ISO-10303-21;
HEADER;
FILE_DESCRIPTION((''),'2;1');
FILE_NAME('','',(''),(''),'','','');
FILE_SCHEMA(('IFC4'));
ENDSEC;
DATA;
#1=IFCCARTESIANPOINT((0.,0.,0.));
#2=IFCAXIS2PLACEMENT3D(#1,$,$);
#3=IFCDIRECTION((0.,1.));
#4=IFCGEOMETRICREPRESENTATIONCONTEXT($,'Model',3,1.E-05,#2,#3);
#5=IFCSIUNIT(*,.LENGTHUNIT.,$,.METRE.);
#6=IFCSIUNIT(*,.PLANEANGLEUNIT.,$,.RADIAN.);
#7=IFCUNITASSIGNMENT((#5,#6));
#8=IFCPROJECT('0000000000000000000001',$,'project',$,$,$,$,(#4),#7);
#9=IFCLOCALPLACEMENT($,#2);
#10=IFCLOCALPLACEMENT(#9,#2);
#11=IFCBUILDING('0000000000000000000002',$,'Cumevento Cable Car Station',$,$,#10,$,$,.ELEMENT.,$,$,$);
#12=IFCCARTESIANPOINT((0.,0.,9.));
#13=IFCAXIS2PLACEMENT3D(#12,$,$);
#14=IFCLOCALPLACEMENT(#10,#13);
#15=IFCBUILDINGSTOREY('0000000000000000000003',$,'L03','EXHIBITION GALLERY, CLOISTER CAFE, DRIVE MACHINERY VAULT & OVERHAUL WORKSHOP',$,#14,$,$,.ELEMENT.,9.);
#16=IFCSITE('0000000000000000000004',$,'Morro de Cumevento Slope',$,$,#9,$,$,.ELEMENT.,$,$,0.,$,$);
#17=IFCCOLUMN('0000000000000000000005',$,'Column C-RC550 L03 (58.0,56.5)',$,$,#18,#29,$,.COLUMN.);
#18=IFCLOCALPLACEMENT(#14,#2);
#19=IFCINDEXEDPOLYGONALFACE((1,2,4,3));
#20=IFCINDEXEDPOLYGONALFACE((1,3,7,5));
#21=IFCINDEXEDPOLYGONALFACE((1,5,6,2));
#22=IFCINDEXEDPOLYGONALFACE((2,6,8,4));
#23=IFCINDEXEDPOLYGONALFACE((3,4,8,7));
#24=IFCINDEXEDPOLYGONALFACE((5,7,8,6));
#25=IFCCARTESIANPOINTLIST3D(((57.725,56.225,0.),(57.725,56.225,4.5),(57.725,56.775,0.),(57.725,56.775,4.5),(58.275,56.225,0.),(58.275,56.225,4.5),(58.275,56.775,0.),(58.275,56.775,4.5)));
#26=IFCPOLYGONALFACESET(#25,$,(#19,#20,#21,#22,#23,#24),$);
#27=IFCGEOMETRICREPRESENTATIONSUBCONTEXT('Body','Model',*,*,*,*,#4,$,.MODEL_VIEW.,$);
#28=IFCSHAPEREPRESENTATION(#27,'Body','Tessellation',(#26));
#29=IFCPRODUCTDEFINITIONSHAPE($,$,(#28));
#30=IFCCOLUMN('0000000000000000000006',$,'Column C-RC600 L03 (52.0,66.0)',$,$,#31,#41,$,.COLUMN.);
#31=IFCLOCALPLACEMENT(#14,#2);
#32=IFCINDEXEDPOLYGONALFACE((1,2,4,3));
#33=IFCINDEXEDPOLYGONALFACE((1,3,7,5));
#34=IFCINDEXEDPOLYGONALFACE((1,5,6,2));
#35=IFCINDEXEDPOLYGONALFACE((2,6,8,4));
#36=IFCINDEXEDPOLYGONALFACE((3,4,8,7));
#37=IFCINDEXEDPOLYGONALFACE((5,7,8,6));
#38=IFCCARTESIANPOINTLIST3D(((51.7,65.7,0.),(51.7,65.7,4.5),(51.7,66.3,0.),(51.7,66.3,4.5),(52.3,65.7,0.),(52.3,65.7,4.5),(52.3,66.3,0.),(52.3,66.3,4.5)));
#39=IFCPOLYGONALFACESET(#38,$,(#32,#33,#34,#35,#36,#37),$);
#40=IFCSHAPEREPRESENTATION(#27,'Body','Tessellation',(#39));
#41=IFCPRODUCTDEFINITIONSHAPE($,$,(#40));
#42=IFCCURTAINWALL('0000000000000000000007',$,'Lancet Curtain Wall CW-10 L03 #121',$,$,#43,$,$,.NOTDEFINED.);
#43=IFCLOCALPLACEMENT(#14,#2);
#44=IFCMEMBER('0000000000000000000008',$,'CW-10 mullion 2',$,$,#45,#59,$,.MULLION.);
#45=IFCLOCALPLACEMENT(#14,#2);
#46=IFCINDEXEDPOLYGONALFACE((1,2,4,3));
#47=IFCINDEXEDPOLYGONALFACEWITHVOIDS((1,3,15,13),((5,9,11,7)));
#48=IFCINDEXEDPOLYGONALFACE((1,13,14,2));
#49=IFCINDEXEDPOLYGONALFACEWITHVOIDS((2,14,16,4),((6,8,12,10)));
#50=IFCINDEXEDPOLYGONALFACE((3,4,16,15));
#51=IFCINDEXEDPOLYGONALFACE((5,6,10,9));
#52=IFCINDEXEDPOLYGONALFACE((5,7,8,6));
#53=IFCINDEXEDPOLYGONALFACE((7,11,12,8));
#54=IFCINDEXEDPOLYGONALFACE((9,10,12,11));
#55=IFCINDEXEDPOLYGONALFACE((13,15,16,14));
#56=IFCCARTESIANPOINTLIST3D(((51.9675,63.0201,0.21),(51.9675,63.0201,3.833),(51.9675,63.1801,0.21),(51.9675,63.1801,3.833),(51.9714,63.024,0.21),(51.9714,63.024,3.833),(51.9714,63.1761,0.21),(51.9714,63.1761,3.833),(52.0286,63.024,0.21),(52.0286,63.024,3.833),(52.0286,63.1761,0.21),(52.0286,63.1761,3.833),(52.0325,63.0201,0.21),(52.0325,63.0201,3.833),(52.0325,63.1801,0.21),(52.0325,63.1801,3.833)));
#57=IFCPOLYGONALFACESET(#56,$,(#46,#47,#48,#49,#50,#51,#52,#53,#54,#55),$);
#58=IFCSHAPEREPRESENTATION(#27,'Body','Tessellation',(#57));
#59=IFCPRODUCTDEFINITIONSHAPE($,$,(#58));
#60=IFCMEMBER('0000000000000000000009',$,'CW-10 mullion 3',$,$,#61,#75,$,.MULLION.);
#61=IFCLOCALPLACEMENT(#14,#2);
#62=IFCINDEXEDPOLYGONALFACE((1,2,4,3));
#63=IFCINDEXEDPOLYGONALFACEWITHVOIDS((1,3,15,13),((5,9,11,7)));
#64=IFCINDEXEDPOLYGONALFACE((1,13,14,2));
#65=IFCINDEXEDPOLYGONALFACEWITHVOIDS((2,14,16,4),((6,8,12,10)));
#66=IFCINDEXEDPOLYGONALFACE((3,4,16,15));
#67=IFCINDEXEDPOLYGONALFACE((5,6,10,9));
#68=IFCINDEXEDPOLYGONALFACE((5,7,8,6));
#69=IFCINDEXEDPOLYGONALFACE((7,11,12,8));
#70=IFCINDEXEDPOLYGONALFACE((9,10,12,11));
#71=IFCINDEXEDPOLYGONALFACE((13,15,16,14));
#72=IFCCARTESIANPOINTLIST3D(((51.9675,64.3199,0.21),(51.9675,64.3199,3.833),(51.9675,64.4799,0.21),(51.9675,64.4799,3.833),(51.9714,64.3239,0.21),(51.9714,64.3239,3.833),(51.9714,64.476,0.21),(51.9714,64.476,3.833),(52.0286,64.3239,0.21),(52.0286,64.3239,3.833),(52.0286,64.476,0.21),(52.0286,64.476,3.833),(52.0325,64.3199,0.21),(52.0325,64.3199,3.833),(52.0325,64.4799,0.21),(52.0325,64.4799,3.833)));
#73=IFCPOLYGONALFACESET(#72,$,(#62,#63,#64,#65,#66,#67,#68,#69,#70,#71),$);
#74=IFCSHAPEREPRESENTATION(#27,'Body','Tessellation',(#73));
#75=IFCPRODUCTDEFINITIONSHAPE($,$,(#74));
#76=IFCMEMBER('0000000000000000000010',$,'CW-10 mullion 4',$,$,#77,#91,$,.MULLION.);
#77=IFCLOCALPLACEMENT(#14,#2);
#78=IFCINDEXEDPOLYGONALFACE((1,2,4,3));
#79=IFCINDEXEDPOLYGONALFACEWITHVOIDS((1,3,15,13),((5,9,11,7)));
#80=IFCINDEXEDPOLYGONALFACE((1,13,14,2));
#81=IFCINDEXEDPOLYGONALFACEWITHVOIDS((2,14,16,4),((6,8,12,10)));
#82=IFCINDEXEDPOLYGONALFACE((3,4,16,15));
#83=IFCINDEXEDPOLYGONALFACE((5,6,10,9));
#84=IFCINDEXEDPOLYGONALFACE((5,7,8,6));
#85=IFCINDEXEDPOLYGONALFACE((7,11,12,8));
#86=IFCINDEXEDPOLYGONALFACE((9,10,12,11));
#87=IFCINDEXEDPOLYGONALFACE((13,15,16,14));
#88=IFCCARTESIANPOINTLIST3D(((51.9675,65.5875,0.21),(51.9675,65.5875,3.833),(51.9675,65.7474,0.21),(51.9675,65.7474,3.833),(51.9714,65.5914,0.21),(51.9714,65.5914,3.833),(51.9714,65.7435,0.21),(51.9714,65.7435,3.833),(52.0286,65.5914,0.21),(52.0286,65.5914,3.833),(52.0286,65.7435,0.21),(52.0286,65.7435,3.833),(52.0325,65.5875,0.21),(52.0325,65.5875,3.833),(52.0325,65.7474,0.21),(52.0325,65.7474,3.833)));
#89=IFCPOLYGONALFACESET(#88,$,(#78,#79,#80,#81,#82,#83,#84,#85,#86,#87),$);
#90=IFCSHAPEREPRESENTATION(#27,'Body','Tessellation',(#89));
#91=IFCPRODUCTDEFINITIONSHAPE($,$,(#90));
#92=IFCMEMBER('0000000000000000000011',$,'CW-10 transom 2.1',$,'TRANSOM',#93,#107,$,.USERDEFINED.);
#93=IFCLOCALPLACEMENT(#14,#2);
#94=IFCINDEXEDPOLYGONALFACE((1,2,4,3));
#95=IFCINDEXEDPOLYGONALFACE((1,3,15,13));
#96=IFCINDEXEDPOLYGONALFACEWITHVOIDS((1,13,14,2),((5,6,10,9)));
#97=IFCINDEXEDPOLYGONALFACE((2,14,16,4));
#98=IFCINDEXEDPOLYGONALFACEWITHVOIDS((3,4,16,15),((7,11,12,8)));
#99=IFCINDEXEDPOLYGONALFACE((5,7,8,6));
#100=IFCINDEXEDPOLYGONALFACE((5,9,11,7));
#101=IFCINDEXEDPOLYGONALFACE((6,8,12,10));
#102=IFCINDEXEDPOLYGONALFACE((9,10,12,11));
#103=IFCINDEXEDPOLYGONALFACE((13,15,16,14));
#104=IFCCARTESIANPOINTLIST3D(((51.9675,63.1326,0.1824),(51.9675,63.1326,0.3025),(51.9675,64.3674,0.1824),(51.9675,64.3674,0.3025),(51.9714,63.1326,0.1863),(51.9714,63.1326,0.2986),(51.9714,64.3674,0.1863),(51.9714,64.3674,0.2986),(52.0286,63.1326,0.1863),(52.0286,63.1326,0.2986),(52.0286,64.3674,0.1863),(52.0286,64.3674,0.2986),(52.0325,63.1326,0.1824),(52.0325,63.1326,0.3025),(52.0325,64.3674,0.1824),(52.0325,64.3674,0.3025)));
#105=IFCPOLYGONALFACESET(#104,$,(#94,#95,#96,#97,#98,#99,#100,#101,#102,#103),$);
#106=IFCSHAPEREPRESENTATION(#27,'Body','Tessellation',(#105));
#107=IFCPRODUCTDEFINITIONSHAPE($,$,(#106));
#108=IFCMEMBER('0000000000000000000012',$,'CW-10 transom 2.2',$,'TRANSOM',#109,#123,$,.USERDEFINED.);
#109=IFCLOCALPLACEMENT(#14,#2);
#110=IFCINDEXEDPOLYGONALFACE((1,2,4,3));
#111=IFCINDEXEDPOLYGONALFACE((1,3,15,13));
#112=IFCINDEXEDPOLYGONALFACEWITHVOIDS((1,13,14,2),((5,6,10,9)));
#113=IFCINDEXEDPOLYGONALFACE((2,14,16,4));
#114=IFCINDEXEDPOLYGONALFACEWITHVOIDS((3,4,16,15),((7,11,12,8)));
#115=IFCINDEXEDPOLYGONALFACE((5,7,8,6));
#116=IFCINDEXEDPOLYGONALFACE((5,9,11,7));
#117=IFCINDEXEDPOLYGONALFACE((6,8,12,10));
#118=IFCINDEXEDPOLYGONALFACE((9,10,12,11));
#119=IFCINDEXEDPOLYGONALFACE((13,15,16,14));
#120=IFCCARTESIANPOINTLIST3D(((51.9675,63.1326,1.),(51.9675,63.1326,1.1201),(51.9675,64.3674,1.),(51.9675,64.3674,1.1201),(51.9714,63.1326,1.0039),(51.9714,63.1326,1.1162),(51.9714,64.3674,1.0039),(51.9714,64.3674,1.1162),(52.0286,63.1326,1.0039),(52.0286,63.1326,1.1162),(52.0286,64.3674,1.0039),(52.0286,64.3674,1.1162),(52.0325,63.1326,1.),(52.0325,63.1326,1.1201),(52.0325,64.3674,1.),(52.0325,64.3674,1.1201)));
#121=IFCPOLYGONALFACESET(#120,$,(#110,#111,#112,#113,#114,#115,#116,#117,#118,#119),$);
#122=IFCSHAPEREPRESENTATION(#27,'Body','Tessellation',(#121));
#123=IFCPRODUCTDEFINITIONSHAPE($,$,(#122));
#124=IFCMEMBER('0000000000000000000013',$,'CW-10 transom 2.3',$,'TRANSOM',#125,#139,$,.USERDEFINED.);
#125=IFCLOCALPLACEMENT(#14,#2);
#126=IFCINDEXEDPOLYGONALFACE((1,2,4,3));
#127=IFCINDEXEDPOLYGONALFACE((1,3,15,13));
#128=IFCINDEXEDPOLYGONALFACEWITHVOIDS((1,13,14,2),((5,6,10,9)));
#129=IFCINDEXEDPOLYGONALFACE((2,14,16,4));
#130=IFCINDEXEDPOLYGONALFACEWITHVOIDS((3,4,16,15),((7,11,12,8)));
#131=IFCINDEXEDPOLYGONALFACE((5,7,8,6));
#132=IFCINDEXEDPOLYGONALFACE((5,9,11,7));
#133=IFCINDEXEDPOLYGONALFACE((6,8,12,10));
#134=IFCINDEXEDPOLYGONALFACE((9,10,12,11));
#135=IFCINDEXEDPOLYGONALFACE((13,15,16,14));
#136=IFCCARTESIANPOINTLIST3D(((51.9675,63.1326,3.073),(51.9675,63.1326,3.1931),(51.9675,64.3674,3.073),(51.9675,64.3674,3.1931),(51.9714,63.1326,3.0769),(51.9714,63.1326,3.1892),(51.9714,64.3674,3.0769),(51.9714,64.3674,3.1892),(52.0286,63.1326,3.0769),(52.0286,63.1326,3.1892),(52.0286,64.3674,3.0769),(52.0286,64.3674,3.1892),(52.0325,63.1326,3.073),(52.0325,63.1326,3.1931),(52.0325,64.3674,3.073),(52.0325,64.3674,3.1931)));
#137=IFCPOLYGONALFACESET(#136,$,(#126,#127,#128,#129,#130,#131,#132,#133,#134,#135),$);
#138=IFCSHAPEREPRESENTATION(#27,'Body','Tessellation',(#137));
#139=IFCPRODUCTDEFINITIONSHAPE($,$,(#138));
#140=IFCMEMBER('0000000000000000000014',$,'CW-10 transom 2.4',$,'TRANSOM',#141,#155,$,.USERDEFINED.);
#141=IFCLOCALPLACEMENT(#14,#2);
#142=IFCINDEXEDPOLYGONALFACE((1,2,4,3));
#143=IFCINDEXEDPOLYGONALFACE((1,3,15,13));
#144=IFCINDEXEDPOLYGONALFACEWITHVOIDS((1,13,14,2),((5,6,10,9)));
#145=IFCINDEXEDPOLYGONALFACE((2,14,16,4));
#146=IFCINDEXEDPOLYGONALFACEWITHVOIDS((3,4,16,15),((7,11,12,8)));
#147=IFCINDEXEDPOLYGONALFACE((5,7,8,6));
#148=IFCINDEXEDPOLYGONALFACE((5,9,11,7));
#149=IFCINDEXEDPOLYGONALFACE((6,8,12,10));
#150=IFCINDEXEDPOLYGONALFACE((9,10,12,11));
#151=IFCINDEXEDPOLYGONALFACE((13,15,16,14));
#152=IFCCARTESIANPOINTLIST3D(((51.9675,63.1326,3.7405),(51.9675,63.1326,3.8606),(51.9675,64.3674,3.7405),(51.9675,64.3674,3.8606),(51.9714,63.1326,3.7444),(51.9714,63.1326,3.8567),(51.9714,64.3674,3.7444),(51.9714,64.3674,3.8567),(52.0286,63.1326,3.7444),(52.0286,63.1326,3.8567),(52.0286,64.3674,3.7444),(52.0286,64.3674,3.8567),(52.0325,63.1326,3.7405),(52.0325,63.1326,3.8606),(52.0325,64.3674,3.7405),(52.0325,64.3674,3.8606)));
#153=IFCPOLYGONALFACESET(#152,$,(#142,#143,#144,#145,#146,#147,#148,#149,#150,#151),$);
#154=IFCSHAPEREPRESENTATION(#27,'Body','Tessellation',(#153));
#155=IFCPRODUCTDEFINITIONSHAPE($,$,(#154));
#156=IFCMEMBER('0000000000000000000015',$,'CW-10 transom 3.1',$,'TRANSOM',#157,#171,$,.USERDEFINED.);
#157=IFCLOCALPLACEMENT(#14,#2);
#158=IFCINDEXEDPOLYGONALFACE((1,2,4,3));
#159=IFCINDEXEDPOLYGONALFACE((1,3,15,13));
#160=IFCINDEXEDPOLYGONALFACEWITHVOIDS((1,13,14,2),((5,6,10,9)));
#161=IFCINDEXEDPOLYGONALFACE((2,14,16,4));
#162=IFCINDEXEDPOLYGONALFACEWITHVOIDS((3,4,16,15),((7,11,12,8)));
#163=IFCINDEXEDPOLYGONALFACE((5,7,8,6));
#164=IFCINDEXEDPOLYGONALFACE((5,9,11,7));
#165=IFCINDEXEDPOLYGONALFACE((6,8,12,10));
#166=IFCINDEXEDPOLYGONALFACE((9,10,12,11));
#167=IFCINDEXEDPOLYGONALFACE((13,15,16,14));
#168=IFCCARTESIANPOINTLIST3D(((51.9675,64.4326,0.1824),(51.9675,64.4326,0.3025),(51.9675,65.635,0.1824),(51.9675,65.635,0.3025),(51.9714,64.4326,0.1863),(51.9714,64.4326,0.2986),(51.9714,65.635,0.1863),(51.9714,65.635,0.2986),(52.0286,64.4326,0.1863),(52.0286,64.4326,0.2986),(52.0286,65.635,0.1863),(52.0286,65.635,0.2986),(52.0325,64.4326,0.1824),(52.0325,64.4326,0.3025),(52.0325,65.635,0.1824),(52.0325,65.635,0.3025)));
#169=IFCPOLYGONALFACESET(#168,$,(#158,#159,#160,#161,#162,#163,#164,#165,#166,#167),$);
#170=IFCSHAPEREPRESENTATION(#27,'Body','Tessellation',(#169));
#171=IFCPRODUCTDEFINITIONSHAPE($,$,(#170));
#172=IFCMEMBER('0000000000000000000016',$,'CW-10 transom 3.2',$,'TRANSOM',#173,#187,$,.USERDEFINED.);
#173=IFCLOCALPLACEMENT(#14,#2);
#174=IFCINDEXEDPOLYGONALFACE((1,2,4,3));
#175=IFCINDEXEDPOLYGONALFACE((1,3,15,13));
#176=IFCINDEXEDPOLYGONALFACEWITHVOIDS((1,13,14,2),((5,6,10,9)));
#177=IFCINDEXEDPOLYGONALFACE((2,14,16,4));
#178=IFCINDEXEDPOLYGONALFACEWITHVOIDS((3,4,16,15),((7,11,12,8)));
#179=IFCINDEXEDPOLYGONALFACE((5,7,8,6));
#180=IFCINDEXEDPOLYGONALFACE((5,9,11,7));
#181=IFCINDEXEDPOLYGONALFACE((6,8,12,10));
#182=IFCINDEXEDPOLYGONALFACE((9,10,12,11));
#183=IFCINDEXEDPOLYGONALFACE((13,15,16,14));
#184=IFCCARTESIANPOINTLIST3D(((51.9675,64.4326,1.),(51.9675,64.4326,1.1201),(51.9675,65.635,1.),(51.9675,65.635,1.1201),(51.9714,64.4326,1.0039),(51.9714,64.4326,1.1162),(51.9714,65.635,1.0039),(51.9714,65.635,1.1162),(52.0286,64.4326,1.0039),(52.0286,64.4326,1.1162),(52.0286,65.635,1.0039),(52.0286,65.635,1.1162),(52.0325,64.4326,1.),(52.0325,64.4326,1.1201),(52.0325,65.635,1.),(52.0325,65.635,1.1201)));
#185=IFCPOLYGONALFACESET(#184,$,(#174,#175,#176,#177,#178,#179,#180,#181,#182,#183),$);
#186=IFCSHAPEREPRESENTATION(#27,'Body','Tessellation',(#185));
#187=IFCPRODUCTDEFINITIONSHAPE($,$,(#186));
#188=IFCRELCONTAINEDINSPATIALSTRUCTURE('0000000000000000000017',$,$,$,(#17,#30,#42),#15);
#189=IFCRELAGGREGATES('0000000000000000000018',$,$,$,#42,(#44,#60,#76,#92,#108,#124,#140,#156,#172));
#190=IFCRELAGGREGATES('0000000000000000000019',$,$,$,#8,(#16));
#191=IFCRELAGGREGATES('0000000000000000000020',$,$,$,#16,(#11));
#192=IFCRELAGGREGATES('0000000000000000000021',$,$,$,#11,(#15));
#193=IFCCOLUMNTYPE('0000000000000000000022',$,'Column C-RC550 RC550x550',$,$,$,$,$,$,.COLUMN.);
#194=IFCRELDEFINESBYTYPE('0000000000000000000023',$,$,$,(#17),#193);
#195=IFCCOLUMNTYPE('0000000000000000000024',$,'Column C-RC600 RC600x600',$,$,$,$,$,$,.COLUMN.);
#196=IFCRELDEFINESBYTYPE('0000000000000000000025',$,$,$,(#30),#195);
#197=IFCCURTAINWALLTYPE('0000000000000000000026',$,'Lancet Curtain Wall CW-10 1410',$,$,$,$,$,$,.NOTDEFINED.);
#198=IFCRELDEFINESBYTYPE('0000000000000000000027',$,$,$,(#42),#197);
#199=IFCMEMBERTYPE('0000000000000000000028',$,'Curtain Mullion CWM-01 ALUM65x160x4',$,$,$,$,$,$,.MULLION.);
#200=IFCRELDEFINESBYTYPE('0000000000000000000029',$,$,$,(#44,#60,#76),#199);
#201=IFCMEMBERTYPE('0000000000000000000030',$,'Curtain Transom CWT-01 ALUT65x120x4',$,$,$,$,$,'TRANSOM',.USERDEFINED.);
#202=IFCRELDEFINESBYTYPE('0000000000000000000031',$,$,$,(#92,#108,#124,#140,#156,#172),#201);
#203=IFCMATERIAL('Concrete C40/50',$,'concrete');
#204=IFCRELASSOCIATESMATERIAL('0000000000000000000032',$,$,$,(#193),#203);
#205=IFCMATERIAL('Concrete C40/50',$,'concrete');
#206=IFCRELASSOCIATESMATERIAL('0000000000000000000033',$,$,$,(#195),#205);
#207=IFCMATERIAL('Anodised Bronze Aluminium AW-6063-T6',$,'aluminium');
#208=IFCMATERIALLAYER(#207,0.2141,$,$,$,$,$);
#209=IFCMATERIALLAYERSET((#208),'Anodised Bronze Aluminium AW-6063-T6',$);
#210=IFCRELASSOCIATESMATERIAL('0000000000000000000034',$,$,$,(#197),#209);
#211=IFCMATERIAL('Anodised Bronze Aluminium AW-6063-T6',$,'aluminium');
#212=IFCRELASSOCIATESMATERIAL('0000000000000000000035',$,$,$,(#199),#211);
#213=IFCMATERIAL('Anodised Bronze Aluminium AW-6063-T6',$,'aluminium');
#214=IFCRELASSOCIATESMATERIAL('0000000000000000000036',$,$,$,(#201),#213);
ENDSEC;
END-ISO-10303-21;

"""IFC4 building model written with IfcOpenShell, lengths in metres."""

from ifc_helpers import new_model, si_unit, direction, frame, origin, origin_2d, place, context, subcontext, project, spatial, rectangle, hollow_rectangle, extrude, material, layer, layer_set, material_profile, profile_set, type_object, element, aggregate, save


model = new_model("IFC4")

# Units and contexts
model_context = context("Model", 3, precision=1e-05, world=origin(), true_north=direction((0.0, 1.0)))
body_context = subcontext(model_context, "Body", "Model", "MODEL_VIEW")
ifc_project = project(units=[si_unit("LENGTHUNIT", "METRE"), si_unit("PLANEANGLEUNIT", "RADIAN")], contexts=[model_context])

# Site, building, storey
site_placement = place(None, origin())
site = spatial("IfcSite", under=ifc_project, at=site_placement, Name="Morro de Cumevento Slope", CompositionType="ELEMENT", RefElevation=0.0)
building_placement = place(site_placement, origin())
building = spatial("IfcBuilding", under=site, at=building_placement, Name="Cumevento Cable Car Station", CompositionType="ELEMENT")
storey_placement = place(building_placement, frame((0.0, 0.0, 9.0)))
storey = spatial("IfcBuildingStorey", under=building, at=storey_placement, Name="L03", Description="EXHIBITION GALLERY, CLOISTER CAFE, DRIVE MACHINERY VAULT & OVERHAUL WORKSHOP", CompositionType="ELEMENT", Elevation=9.0)

# Columns
ifc_material_1 = material(Name="Concrete C40/50", Category="concrete")
ifc_material_profile_1 = material_profile(ifc_material_1, rectangle(XDim=0.55, YDim=0.55, at=origin_2d()), Name="RC550x550")
ifc_profile_set_1 = profile_set([ifc_material_profile_1], Name="Concrete C40/50")
column_type_1 = type_object("IfcColumnType", Name="Column C-RC550 RC550x550", PredefinedType="COLUMN", material=ifc_profile_set_1)
column_1_placement = place(storey_placement, frame((58.0, 56.5, 0.0), z_axis=(0.0, 0.0, 1.0), x_axis=(1.0, 0.0, 0.0)))
element("IfcColumn", 1, at=column_1_placement, inside=storey, type_object=column_type_1, Name="Column C-RC550 L03 (58.0,56.5)", PredefinedType="COLUMN", context=body_context, shape_type="SweptSolid", body=[
    extrude(rectangle(XDim=0.55, YDim=0.55, at=origin_2d()), origin(), (0.0, 0.0, 1.0), 4.5),
])
ifc_material_2 = material(Name="Concrete C40/50", Category="concrete")
ifc_material_profile_2 = material_profile(ifc_material_2, rectangle(XDim=0.6001, YDim=0.6001, at=origin_2d()), Name="RC600x600")
ifc_profile_set_2 = profile_set([ifc_material_profile_2], Name="Concrete C40/50")
column_type_2 = type_object("IfcColumnType", Name="Column C-RC600 RC600x600", PredefinedType="COLUMN", material=ifc_profile_set_2)
column_2_placement = place(storey_placement, frame((52.0, 66.0, 0.0), z_axis=(0.0, 0.0, 1.0), x_axis=(1.0, 0.0, 0.0)))
element("IfcColumn", 2, at=column_2_placement, inside=storey, type_object=column_type_2, Name="Column C-RC600 L03 (52.0,66.0)", PredefinedType="COLUMN", context=body_context, shape_type="SweptSolid", body=[
    extrude(rectangle(XDim=0.6001, YDim=0.6001, at=origin_2d()), origin(), (0.0, 0.0, 1.0), 4.5),
])

# Curtain wall, members
ifc_material_3 = material(Name="Anodised Bronze Aluminium AW-6063-T6", Category="aluminium")
ifc_layer_1 = layer(ifc_material_3, 0.2141)
ifc_layer_set_1 = layer_set([ifc_layer_1], Name="Anodised Bronze Aluminium AW-6063-T6")
curtain_wall_type = type_object("IfcCurtainWallType", Name="Lancet Curtain Wall CW-10 1410", PredefinedType="NOTDEFINED", material=ifc_layer_set_1)
curtain_wall_placement = place(storey_placement, origin())
curtain_wall = element("IfcCurtainWall", 3, at=curtain_wall_placement, inside=storey, type_object=curtain_wall_type, Name="Lancet Curtain Wall CW-10 L03 #121", PredefinedType="NOTDEFINED")
ifc_material_4 = material(Name="Anodised Bronze Aluminium AW-6063-T6", Category="aluminium")
ifc_material_profile_3 = material_profile(ifc_material_4, hollow_rectangle(XDim=0.0649, YDim=0.1599, WallThickness=0.0039, at=origin_2d()), Name="ALUM65x160x4")
ifc_profile_set_3 = profile_set([ifc_material_profile_3], Name="Anodised Bronze Aluminium AW-6063-T6")
member_type_1 = type_object("IfcMemberType", Name="Curtain Mullion CWM-01 ALUM65x160x4", PredefinedType="MULLION", material=ifc_profile_set_3)
member_1_placement = place(storey_placement, frame((52.0, 63.1001, 0.21), z_axis=(0.0, 0.0, 1.0), x_axis=(-1.0, 0.0, 0.0)))
member_1 = element("IfcMember", 4, at=member_1_placement, type_object=member_type_1, Name="CW-10 mullion 2", PredefinedType="MULLION", context=body_context, shape_type="SweptSolid", body=[
    extrude(hollow_rectangle(XDim=0.0649, YDim=0.1599, WallThickness=0.0039, at=origin_2d()), origin(), (0.0, 0.0, 1.0), 3.623),
])
member_2_placement = place(storey_placement, frame((52.0, 64.3999, 0.21), z_axis=(0.0, 0.0, 1.0), x_axis=(-1.0, 0.0, 0.0)))
member_2 = element("IfcMember", 5, at=member_2_placement, type_object=member_type_1, Name="CW-10 mullion 3", PredefinedType="MULLION", context=body_context, shape_type="SweptSolid", body=[
    extrude(hollow_rectangle(XDim=0.0649, YDim=0.1599, WallThickness=0.0039, at=origin_2d()), origin(), (0.0, 0.0, 1.0), 3.623),
])
member_3_placement = place(storey_placement, frame((52.0, 65.6675, 0.21), z_axis=(0.0, 0.0, 1.0), x_axis=(-1.0, 0.0, 0.0)))
member_3 = element("IfcMember", 6, at=member_3_placement, type_object=member_type_1, Name="CW-10 mullion 4", PredefinedType="MULLION", context=body_context, shape_type="SweptSolid", body=[
    extrude(hollow_rectangle(XDim=0.0649, YDim=0.1599, WallThickness=0.0039, at=origin_2d()), origin(), (0.0, 0.0, 1.0), 3.623),
])
ifc_material_5 = material(Name="Anodised Bronze Aluminium AW-6063-T6", Category="aluminium")
ifc_material_profile_4 = material_profile(ifc_material_5, hollow_rectangle(XDim=0.0649, YDim=0.1201, WallThickness=0.0039, at=origin_2d()), Name="ALUT65x120x4")
ifc_profile_set_4 = profile_set([ifc_material_profile_4], Name="Anodised Bronze Aluminium AW-6063-T6")
member_type_2 = type_object("IfcMemberType", Name="Curtain Transom CWT-01 ALUT65x120x4", ElementType="TRANSOM", PredefinedType="USERDEFINED", material=ifc_profile_set_4)
member_4_placement = place(storey_placement, frame((52.0, 63.1326, 0.2424), z_axis=(0.0, 1.0, 0.0), x_axis=(-1.0, 0.0, 0.0)))
member_4 = element("IfcMember", 7, at=member_4_placement, type_object=member_type_2, Name="CW-10 transom 2.1", ObjectType="TRANSOM", PredefinedType="USERDEFINED", context=body_context, shape_type="SweptSolid", body=[
    extrude(hollow_rectangle(XDim=0.0649, YDim=0.1201, WallThickness=0.0039, at=origin_2d()), origin(), (0.0, 0.0, 1.0), 1.2349),
])
member_5_placement = place(storey_placement, frame((52.0, 63.1326, 1.0601), z_axis=(0.0, 1.0, 0.0), x_axis=(-1.0, 0.0, 0.0)))
member_5 = element("IfcMember", 8, at=member_5_placement, type_object=member_type_2, Name="CW-10 transom 2.2", ObjectType="TRANSOM", PredefinedType="USERDEFINED", context=body_context, shape_type="SweptSolid", body=[
    extrude(hollow_rectangle(XDim=0.0649, YDim=0.1201, WallThickness=0.0039, at=origin_2d()), origin(), (0.0, 0.0, 1.0), 1.2349),
])
member_6_placement = place(storey_placement, frame((52.0, 63.1326, 3.1331), z_axis=(0.0, 1.0, 0.0), x_axis=(-1.0, 0.0, 0.0)))
member_6 = element("IfcMember", 9, at=member_6_placement, type_object=member_type_2, Name="CW-10 transom 2.3", ObjectType="TRANSOM", PredefinedType="USERDEFINED", context=body_context, shape_type="SweptSolid", body=[
    extrude(hollow_rectangle(XDim=0.0649, YDim=0.1201, WallThickness=0.0039, at=origin_2d()), origin(), (0.0, 0.0, 1.0), 1.2349),
])
member_7_placement = place(storey_placement, frame((52.0, 63.1326, 3.8005), z_axis=(0.0, 1.0, 0.0), x_axis=(-1.0, 0.0, 0.0)))
member_7 = element("IfcMember", 10, at=member_7_placement, type_object=member_type_2, Name="CW-10 transom 2.4", ObjectType="TRANSOM", PredefinedType="USERDEFINED", context=body_context, shape_type="SweptSolid", body=[
    extrude(hollow_rectangle(XDim=0.0649, YDim=0.1201, WallThickness=0.0039, at=origin_2d()), origin(), (0.0, 0.0, 1.0), 1.2349),
])
member_8_placement = place(storey_placement, frame((52.0, 64.4326, 0.2424), z_axis=(0.0, 1.0, 0.0), x_axis=(-1.0, 0.0, 0.0)))
member_8 = element("IfcMember", 11, at=member_8_placement, type_object=member_type_2, Name="CW-10 transom 3.1", ObjectType="TRANSOM", PredefinedType="USERDEFINED", context=body_context, shape_type="SweptSolid", body=[
    extrude(hollow_rectangle(XDim=0.0649, YDim=0.1201, WallThickness=0.0039, at=origin_2d()), origin(), (0.0, 0.0, 1.0), 1.2024),
])
member_9_placement = place(storey_placement, frame((52.0, 64.4326, 1.0601), z_axis=(0.0, 1.0, 0.0), x_axis=(-1.0, 0.0, 0.0)))
member_9 = element("IfcMember", 12, at=member_9_placement, type_object=member_type_2, Name="CW-10 transom 3.2", ObjectType="TRANSOM", PredefinedType="USERDEFINED", context=body_context, shape_type="SweptSolid", body=[
    extrude(hollow_rectangle(XDim=0.0649, YDim=0.1201, WallThickness=0.0039, at=origin_2d()), origin(), (0.0, 0.0, 1.0), 1.2024),
])

aggregate(curtain_wall, [member_1, member_2, member_3, member_4, member_5, member_6, member_7, member_8, member_9])

save(model, "model.ifc")
